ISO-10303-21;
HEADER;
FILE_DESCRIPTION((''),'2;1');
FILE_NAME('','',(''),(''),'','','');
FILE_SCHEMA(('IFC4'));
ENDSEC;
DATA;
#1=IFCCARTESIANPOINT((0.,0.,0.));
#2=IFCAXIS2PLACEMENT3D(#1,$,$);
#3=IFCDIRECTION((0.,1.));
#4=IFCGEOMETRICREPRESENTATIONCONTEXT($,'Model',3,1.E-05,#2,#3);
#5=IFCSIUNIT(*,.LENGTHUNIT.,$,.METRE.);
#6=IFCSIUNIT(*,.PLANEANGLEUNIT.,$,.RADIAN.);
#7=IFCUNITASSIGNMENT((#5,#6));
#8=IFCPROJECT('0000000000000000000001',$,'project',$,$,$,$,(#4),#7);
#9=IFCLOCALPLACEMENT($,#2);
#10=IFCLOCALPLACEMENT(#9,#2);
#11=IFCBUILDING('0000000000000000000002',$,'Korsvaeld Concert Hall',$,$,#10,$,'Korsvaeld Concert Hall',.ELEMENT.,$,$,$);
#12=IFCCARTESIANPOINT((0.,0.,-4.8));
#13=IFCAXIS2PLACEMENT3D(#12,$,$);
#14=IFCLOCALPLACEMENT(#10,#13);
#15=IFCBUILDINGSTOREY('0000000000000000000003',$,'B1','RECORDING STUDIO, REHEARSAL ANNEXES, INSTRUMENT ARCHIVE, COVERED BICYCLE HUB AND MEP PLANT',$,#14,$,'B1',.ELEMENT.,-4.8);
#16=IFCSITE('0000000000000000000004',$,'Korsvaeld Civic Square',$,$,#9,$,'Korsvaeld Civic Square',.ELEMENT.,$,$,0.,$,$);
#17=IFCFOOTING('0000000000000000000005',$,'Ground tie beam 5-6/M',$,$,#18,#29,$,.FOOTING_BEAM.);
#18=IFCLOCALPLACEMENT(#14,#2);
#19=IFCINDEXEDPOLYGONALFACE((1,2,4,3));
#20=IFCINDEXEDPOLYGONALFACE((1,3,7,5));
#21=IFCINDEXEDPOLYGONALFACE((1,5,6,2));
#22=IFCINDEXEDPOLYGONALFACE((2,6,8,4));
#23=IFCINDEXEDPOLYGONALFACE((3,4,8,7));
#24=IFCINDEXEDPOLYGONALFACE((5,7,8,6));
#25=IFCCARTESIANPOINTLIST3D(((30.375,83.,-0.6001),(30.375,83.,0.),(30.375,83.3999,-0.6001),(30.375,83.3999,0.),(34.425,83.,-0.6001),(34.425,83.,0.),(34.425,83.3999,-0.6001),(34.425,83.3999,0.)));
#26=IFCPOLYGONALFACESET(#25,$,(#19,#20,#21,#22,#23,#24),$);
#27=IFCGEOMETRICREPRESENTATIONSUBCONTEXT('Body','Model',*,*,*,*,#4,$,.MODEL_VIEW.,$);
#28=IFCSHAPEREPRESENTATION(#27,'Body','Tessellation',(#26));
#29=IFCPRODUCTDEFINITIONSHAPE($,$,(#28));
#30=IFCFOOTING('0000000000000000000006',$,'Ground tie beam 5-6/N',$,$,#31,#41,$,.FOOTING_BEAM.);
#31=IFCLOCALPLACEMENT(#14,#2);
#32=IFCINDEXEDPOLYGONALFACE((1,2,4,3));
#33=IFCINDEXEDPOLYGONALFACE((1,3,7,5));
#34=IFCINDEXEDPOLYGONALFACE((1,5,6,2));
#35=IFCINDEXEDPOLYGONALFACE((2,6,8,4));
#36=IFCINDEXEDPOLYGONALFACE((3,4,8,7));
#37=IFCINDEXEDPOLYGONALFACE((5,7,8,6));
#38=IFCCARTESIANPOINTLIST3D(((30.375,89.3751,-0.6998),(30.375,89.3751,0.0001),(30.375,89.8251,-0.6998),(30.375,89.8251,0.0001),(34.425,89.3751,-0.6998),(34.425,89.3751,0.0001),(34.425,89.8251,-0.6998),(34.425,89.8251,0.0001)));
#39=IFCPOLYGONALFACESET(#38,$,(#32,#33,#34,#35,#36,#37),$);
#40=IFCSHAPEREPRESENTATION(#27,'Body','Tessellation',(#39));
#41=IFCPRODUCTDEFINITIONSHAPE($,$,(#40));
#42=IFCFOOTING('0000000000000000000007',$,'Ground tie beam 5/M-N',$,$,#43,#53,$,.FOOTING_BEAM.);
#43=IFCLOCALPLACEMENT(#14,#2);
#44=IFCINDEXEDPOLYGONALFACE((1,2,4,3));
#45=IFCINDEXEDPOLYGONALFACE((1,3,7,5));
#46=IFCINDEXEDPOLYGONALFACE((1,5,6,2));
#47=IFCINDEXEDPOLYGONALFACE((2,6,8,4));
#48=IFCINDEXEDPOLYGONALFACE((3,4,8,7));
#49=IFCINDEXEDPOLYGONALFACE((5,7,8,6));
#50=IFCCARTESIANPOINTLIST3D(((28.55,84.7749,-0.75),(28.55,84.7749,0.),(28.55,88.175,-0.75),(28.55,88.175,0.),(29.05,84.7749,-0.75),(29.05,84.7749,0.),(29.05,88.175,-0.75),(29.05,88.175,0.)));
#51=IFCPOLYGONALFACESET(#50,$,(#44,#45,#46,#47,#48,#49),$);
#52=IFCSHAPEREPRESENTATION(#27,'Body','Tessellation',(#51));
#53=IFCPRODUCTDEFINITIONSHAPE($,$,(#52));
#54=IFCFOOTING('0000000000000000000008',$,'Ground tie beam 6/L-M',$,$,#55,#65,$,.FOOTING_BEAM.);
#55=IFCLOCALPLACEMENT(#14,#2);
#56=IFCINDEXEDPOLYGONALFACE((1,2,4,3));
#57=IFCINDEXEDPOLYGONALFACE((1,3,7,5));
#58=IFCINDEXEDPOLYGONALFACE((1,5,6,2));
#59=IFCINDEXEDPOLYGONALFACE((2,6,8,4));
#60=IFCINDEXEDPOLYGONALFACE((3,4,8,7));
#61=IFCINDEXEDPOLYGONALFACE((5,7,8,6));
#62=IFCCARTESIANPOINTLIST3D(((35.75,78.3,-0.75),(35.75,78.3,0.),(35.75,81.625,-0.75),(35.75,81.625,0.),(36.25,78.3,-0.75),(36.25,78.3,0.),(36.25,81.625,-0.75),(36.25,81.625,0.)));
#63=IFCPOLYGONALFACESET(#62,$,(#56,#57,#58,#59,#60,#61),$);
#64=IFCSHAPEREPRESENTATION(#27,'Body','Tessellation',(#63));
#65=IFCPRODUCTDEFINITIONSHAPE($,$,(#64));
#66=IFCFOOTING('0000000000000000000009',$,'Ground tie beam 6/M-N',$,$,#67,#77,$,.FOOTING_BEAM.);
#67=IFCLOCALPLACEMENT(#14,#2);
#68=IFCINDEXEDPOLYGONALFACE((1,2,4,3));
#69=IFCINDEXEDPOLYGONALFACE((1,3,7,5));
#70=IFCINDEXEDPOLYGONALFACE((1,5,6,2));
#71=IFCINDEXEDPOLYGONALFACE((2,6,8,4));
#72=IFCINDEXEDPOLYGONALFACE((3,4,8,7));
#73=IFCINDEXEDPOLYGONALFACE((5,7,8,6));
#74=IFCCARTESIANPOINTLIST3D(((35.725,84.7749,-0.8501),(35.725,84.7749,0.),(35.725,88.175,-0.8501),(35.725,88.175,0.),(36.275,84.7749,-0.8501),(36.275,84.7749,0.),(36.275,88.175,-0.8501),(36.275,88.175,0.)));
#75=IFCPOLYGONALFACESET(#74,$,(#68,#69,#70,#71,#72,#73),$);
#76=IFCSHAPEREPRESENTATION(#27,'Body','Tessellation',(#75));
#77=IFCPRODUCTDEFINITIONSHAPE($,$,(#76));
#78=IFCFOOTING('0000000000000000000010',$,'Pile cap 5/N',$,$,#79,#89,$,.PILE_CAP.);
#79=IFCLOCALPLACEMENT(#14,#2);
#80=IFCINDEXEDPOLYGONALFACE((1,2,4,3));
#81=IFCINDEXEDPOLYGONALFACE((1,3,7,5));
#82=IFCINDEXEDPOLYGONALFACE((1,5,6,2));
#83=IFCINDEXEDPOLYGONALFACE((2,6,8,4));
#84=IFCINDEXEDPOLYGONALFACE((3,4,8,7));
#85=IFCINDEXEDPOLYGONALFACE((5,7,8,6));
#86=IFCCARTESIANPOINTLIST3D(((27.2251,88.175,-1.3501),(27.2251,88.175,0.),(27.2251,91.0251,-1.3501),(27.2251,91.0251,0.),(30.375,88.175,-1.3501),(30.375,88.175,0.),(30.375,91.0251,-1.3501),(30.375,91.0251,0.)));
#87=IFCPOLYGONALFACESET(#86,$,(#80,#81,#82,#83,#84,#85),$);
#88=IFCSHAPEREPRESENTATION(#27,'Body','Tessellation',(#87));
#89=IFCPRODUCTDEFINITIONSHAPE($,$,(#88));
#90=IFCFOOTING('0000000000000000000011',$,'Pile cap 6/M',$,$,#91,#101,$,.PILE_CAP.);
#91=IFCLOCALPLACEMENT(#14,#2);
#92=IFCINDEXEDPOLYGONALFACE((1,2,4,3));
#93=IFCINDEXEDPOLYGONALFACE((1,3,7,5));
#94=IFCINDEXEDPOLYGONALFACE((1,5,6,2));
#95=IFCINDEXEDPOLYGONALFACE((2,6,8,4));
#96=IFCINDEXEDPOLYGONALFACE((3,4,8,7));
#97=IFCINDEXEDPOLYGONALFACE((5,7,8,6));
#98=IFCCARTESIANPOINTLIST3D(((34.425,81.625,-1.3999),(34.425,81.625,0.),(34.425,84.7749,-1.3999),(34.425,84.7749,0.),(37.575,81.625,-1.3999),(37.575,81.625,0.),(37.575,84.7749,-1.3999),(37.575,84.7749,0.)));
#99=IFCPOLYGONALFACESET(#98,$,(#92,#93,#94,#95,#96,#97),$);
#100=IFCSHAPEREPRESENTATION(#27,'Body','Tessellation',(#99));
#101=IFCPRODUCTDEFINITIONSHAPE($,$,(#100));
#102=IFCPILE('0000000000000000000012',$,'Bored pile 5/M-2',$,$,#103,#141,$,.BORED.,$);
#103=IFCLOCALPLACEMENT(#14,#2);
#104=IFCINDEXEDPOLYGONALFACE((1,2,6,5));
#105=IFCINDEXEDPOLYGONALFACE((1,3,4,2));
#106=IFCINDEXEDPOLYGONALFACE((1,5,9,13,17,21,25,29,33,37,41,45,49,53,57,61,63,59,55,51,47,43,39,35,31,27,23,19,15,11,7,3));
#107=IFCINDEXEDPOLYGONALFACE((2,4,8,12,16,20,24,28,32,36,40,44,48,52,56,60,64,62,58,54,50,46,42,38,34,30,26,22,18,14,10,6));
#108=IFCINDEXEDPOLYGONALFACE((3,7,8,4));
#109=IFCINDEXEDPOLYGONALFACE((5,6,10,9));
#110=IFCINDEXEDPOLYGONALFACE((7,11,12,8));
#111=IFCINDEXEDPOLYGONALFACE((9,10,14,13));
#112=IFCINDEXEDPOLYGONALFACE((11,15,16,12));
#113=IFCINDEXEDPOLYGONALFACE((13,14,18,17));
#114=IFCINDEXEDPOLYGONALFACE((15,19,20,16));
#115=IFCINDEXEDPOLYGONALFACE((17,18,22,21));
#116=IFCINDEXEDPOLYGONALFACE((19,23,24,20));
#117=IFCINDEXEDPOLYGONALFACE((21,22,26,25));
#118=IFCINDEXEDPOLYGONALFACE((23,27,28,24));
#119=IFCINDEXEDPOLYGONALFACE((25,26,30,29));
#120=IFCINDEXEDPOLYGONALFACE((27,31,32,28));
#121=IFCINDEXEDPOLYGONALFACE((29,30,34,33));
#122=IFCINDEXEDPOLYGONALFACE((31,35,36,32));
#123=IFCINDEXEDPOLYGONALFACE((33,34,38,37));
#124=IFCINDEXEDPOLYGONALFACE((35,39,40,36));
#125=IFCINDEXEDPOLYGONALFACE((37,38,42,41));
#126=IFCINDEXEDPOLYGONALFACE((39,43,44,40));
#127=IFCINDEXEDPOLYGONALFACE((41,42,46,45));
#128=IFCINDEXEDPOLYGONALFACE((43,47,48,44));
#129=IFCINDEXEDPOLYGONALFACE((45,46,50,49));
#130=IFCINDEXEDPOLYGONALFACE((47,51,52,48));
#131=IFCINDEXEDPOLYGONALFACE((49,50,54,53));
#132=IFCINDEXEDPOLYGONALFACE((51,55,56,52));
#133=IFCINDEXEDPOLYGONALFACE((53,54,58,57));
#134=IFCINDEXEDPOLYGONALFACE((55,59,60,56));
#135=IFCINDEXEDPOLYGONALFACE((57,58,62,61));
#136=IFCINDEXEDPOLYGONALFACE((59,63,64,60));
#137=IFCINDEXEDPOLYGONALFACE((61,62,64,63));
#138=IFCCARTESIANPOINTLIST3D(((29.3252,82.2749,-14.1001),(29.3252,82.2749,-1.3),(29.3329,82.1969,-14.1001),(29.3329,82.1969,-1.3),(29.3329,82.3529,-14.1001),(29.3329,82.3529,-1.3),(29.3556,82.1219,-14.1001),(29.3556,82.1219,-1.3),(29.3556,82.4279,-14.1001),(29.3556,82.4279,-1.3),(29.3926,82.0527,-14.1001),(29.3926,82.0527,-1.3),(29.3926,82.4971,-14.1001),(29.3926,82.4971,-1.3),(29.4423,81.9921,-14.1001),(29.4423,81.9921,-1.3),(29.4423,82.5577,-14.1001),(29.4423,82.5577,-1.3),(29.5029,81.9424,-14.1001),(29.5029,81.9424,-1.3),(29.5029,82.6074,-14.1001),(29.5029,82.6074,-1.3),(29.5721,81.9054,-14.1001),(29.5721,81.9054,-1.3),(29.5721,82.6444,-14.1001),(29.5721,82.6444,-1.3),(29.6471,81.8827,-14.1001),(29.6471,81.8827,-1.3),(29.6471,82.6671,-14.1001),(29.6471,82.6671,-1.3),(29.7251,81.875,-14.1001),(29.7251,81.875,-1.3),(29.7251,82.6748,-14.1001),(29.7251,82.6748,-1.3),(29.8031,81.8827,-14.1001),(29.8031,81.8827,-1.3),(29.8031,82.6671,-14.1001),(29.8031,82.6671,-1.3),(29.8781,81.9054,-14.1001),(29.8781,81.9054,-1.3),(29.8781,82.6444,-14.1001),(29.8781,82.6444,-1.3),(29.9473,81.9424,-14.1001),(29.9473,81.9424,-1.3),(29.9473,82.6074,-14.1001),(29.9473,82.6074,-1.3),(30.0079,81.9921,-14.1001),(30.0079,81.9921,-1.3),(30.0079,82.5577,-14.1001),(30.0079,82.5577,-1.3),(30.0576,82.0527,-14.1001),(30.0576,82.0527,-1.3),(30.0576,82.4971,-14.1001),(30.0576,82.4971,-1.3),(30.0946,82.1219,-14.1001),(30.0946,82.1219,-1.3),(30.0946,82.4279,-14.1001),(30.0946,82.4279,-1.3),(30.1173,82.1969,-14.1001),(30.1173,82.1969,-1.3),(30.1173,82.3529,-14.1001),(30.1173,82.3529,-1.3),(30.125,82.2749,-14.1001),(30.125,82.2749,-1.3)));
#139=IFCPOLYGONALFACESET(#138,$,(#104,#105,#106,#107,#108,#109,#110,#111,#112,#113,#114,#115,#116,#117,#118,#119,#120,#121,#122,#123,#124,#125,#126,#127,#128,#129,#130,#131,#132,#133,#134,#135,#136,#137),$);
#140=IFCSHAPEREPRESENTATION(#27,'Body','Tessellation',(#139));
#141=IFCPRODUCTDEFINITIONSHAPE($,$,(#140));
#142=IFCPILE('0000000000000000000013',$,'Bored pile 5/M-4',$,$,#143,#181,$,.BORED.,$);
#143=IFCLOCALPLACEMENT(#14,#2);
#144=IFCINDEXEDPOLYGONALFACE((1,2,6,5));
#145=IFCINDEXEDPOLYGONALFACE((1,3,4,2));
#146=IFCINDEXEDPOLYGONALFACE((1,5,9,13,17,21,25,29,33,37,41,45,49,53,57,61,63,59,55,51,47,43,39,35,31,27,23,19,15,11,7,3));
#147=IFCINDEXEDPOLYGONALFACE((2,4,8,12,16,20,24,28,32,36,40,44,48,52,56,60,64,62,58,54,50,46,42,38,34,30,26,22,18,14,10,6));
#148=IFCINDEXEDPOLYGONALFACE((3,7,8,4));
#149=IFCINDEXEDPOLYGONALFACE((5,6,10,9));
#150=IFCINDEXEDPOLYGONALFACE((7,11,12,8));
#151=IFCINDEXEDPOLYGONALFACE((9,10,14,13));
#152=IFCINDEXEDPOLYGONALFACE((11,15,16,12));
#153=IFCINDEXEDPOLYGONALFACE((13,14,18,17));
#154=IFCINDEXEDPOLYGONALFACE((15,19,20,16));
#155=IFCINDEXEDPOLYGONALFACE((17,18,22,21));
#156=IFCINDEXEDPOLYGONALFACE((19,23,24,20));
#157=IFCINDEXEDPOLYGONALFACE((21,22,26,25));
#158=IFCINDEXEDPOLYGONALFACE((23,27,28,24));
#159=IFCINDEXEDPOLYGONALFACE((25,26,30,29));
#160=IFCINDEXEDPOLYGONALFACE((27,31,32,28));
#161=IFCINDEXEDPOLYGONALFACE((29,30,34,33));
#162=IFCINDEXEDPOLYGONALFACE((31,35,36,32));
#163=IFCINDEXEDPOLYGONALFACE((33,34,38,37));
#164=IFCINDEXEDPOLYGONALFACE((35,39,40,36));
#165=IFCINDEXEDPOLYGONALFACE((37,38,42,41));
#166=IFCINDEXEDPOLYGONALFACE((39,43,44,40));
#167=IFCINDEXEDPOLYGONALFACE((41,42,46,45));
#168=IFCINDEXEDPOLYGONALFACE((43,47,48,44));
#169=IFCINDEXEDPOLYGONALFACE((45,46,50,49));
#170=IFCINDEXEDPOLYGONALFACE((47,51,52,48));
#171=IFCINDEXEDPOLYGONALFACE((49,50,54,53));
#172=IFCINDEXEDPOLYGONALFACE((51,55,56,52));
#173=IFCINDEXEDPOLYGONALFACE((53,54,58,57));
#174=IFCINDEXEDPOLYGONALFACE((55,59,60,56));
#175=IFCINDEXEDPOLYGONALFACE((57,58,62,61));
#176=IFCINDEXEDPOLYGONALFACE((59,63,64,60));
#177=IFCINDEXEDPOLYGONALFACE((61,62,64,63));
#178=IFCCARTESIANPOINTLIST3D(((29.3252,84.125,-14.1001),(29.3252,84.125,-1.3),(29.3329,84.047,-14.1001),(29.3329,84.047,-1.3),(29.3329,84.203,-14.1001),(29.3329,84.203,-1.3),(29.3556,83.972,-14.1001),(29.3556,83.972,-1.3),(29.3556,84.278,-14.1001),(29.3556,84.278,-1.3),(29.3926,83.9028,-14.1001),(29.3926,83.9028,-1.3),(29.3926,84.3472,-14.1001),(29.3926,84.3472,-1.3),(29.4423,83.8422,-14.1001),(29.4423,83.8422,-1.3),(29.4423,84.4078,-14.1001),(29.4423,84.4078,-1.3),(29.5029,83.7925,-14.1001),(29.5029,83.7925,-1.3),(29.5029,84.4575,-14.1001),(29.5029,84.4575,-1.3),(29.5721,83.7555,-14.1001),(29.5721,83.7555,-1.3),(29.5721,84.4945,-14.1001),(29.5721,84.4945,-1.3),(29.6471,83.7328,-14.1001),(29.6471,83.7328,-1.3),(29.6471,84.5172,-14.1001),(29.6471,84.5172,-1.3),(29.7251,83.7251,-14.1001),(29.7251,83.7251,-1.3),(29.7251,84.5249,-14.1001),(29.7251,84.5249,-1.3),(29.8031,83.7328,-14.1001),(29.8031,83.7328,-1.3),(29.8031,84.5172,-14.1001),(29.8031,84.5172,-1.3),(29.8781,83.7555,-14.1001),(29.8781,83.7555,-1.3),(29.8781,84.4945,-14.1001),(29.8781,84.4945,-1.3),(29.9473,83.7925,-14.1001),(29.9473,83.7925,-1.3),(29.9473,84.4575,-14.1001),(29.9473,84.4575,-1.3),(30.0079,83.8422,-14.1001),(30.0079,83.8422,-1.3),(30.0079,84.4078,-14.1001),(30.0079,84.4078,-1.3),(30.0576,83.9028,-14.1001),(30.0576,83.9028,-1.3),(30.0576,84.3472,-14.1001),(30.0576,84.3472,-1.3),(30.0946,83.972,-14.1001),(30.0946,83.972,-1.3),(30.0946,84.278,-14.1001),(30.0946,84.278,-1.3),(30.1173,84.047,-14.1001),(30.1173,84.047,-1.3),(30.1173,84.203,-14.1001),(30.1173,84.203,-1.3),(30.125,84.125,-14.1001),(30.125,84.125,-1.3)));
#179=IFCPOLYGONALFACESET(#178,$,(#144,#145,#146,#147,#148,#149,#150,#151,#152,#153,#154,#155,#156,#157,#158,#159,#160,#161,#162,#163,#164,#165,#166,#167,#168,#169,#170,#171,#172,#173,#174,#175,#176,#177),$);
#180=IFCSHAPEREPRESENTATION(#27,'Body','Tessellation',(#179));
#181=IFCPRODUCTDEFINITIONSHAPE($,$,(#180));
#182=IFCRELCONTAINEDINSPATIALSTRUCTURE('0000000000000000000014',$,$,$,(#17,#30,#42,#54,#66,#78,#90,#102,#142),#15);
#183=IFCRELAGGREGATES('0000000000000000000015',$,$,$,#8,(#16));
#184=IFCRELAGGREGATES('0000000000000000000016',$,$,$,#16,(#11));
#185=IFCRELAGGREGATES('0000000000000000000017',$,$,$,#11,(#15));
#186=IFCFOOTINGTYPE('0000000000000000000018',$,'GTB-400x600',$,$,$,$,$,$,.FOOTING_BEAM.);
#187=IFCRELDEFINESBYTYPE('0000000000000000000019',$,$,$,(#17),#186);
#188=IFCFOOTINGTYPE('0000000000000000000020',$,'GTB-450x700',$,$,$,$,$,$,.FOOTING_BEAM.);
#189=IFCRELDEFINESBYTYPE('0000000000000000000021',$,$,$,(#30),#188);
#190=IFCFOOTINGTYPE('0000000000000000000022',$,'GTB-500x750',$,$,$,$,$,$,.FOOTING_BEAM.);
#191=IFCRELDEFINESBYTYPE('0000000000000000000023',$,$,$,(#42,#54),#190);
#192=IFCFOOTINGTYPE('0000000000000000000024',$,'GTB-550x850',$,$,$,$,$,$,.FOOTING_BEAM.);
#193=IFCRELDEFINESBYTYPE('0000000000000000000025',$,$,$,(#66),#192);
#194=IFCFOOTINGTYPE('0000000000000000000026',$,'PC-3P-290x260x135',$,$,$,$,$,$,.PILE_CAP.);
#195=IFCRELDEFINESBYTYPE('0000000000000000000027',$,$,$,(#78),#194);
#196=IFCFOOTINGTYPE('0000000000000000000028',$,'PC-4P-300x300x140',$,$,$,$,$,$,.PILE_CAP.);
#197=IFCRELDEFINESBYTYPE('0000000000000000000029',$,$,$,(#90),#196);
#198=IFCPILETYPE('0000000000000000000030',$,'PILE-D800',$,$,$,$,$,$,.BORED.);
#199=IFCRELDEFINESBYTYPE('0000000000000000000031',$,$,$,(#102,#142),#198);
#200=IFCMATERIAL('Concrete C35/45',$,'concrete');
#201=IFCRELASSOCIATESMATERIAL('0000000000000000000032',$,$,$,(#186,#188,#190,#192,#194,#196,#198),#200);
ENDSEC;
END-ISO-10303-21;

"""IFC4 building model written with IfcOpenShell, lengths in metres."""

from ifc_helpers import new_model, si_unit, direction, frame, origin, origin_2d, place, context, subcontext, project, spatial, rectangle, circle, extrude, material, material_profile, profile_set, type_object, element, save


model = new_model("IFC4")

# Units and contexts
model_context = context("Model", 3, precision=1e-05, world=origin(), true_north=direction((0.0, 1.0)))
body_context = subcontext(model_context, "Body", "Model", "MODEL_VIEW")
ifc_project = project(units=[si_unit("LENGTHUNIT", "METRE"), si_unit("PLANEANGLEUNIT", "RADIAN")], contexts=[model_context])

# Site, building, storey
site_placement = place(None, origin())
site = spatial("IfcSite", under=ifc_project, at=site_placement, Name="Korsvaeld Civic Square", LongName="Korsvaeld Civic Square", CompositionType="ELEMENT", RefElevation=0.0)
building_placement = place(site_placement, origin())
building = spatial("IfcBuilding", under=site, at=building_placement, Name="Korsvaeld Concert Hall", LongName="Korsvaeld Concert Hall", CompositionType="ELEMENT")
storey_placement = place(building_placement, frame((0.0, 0.0, -4.8)))
storey = spatial("IfcBuildingStorey", under=building, at=storey_placement, Name="B1", Description="RECORDING STUDIO, REHEARSAL ANNEXES, INSTRUMENT ARCHIVE, COVERED BICYCLE HUB AND MEP PLANT", LongName="B1", CompositionType="ELEMENT", Elevation=-4.8)

# Footings
ifc_material_1 = material(Name="Concrete C35/45", Category="concrete")
ifc_material_profile_1 = material_profile(ifc_material_1, rectangle(XDim=0.3999, YDim=0.6001, at=origin_2d()), Name="GTB 400x600")
ifc_profile_set_1 = profile_set([ifc_material_profile_1], Name="Concrete C35/45")
footing_type_1 = type_object("IfcFootingType", Name="GTB-400x600", PredefinedType="FOOTING_BEAM", material=ifc_profile_set_1)
footing_1_placement = place(storey_placement, frame((30.375, 83.2, -0.3), z_axis=(1.0, 0.0, 0.0), x_axis=(0.0, 1.0, 0.0)))
element("IfcFooting", 1, at=footing_1_placement, inside=storey, type_object=footing_type_1, Name="Ground tie beam 5-6/M", PredefinedType="FOOTING_BEAM", context=body_context, shape_type="SweptSolid", body=[
    extrude(rectangle(XDim=0.3999, YDim=0.6001, at=origin_2d()), origin(), (0.0, 0.0, 1.0), 4.05),
])
ifc_material_profile_2 = material_profile(ifc_material_1, rectangle(XDim=0.45, YDim=0.7, at=origin_2d()), Name="GTB 450x700")
ifc_profile_set_2 = profile_set([ifc_material_profile_2], Name="Concrete C35/45")
footing_type_2 = type_object("IfcFootingType", Name="GTB-450x700", PredefinedType="FOOTING_BEAM", material=ifc_profile_set_2)
footing_2_placement = place(storey_placement, frame((30.375, 89.6001, -0.3499), z_axis=(1.0, 0.0, 0.0), x_axis=(0.0, 1.0, 0.0)))
element("IfcFooting", 2, at=footing_2_placement, inside=storey, type_object=footing_type_2, Name="Ground tie beam 5-6/N", PredefinedType="FOOTING_BEAM", context=body_context, shape_type="SweptSolid", body=[
    extrude(rectangle(XDim=0.45, YDim=0.7, at=origin_2d()), origin(), (0.0, 0.0, 1.0), 4.05),
])
ifc_material_profile_3 = material_profile(ifc_material_1, rectangle(XDim=0.5, YDim=0.75, at=origin_2d()), Name="GTB 500x750")
ifc_profile_set_3 = profile_set([ifc_material_profile_3], Name="Concrete C35/45")
footing_type_3 = type_object("IfcFootingType", Name="GTB-500x750", PredefinedType="FOOTING_BEAM", material=ifc_profile_set_3)
footing_3_placement = place(storey_placement, frame((28.8, 84.7749, -0.375), z_axis=(0.0, 1.0, 0.0), x_axis=(-1.0, 0.0, 0.0)))
element("IfcFooting", 3, at=footing_3_placement, inside=storey, type_object=footing_type_3, Name="Ground tie beam 5/M-N", PredefinedType="FOOTING_BEAM", context=body_context, shape_type="SweptSolid", body=[
    extrude(rectangle(XDim=0.5, YDim=0.75, at=origin_2d()), origin(), (0.0, 0.0, 1.0), 3.4001),
])
footing_4_placement = place(storey_placement, frame((36.0, 78.3, -0.375), z_axis=(0.0, 1.0, 0.0), x_axis=(-1.0, 0.0, 0.0)))
element("IfcFooting", 4, at=footing_4_placement, inside=storey, type_object=footing_type_3, Name="Ground tie beam 6/L-M", PredefinedType="FOOTING_BEAM", context=body_context, shape_type="SweptSolid", body=[
    extrude(rectangle(XDim=0.5, YDim=0.75, at=origin_2d()), origin(), (0.0, 0.0, 1.0), 3.325),
])
ifc_material_profile_4 = material_profile(ifc_material_1, rectangle(XDim=0.55, YDim=0.8501, at=origin_2d()), Name="GTB 550x850")
ifc_profile_set_4 = profile_set([ifc_material_profile_4], Name="Concrete C35/45")
footing_type_4 = type_object("IfcFootingType", Name="GTB-550x850", PredefinedType="FOOTING_BEAM", material=ifc_profile_set_4)
footing_5_placement = place(storey_placement, frame((36.0, 84.7749, -0.425), z_axis=(0.0, 1.0, 0.0), x_axis=(-1.0, 0.0, 0.0)))
element("IfcFooting", 5, at=footing_5_placement, inside=storey, type_object=footing_type_4, Name="Ground tie beam 6/M-N", PredefinedType="FOOTING_BEAM", context=body_context, shape_type="SweptSolid", body=[
    extrude(rectangle(XDim=0.55, YDim=0.8501, at=origin_2d()), origin(), (0.0, 0.0, 1.0), 3.4001),
])
footing_type_5 = type_object("IfcFootingType", Name="PC-3P-290x260x135", PredefinedType="PILE_CAP", material=ifc_material_1)
footing_6_placement = place(storey_placement, frame((28.8, 89.6001, -1.3501), z_axis=(0.0, 0.0, 1.0), x_axis=(1.0, 0.0, 0.0)))
element("IfcFooting", 6, at=footing_6_placement, inside=storey, type_object=footing_type_5, Name="Pile cap 5/N", PredefinedType="PILE_CAP", context=body_context, shape_type="SweptSolid", body=[
    extrude(rectangle(XDim=3.1499, YDim=2.8501, at=origin_2d()), origin(), (0.0, 0.0, 1.0), 1.3501),
])
footing_type_6 = type_object("IfcFootingType", Name="PC-4P-300x300x140", PredefinedType="PILE_CAP", material=ifc_material_1)
footing_7_placement = place(storey_placement, frame((36.0, 83.2, -1.3999), z_axis=(0.0, 0.0, 1.0), x_axis=(1.0, 0.0, 0.0)))
element("IfcFooting", 7, at=footing_7_placement, inside=storey, type_object=footing_type_6, Name="Pile cap 6/M", PredefinedType="PILE_CAP", context=body_context, shape_type="SweptSolid", body=[
    extrude(rectangle(XDim=3.1499, YDim=3.1499, at=origin_2d()), origin(), (0.0, 0.0, 1.0), 1.3999),
])

# Piles
ifc_material_profile_5 = material_profile(ifc_material_1, circle(Radius=0.3999, at=origin_2d()), Name="BORED PILE D800")
ifc_profile_set_5 = profile_set([ifc_material_profile_5], Name="Concrete C35/45")
pile_type = type_object("IfcPileType", Name="PILE-D800", PredefinedType="BORED", material=ifc_profile_set_5)
for number, where, z_axis, x_axis, name in (
    (8, (29.7251, 82.2749, -1.3), (0.0, 0.0, -1.0), (1.0, 0.0, 0.0), "Bored pile 5/M-2"),
    (9, (29.7251, 84.125, -1.3), (0.0, 0.0, -1.0), (1.0, 0.0, 0.0), "Bored pile 5/M-4"),
):
    element("IfcPile", number, at=place(storey_placement, frame(where, z_axis=z_axis, x_axis=x_axis)), inside=storey, type_object=pile_type, Name=name, PredefinedType="BORED", context=body_context, shape_type="SweptSolid", body=[
        extrude(circle(Radius=0.3999, at=origin_2d()), origin(), (0.0, 0.0, 1.0), 12.8),
    ])

save(model, "model.ifc")
